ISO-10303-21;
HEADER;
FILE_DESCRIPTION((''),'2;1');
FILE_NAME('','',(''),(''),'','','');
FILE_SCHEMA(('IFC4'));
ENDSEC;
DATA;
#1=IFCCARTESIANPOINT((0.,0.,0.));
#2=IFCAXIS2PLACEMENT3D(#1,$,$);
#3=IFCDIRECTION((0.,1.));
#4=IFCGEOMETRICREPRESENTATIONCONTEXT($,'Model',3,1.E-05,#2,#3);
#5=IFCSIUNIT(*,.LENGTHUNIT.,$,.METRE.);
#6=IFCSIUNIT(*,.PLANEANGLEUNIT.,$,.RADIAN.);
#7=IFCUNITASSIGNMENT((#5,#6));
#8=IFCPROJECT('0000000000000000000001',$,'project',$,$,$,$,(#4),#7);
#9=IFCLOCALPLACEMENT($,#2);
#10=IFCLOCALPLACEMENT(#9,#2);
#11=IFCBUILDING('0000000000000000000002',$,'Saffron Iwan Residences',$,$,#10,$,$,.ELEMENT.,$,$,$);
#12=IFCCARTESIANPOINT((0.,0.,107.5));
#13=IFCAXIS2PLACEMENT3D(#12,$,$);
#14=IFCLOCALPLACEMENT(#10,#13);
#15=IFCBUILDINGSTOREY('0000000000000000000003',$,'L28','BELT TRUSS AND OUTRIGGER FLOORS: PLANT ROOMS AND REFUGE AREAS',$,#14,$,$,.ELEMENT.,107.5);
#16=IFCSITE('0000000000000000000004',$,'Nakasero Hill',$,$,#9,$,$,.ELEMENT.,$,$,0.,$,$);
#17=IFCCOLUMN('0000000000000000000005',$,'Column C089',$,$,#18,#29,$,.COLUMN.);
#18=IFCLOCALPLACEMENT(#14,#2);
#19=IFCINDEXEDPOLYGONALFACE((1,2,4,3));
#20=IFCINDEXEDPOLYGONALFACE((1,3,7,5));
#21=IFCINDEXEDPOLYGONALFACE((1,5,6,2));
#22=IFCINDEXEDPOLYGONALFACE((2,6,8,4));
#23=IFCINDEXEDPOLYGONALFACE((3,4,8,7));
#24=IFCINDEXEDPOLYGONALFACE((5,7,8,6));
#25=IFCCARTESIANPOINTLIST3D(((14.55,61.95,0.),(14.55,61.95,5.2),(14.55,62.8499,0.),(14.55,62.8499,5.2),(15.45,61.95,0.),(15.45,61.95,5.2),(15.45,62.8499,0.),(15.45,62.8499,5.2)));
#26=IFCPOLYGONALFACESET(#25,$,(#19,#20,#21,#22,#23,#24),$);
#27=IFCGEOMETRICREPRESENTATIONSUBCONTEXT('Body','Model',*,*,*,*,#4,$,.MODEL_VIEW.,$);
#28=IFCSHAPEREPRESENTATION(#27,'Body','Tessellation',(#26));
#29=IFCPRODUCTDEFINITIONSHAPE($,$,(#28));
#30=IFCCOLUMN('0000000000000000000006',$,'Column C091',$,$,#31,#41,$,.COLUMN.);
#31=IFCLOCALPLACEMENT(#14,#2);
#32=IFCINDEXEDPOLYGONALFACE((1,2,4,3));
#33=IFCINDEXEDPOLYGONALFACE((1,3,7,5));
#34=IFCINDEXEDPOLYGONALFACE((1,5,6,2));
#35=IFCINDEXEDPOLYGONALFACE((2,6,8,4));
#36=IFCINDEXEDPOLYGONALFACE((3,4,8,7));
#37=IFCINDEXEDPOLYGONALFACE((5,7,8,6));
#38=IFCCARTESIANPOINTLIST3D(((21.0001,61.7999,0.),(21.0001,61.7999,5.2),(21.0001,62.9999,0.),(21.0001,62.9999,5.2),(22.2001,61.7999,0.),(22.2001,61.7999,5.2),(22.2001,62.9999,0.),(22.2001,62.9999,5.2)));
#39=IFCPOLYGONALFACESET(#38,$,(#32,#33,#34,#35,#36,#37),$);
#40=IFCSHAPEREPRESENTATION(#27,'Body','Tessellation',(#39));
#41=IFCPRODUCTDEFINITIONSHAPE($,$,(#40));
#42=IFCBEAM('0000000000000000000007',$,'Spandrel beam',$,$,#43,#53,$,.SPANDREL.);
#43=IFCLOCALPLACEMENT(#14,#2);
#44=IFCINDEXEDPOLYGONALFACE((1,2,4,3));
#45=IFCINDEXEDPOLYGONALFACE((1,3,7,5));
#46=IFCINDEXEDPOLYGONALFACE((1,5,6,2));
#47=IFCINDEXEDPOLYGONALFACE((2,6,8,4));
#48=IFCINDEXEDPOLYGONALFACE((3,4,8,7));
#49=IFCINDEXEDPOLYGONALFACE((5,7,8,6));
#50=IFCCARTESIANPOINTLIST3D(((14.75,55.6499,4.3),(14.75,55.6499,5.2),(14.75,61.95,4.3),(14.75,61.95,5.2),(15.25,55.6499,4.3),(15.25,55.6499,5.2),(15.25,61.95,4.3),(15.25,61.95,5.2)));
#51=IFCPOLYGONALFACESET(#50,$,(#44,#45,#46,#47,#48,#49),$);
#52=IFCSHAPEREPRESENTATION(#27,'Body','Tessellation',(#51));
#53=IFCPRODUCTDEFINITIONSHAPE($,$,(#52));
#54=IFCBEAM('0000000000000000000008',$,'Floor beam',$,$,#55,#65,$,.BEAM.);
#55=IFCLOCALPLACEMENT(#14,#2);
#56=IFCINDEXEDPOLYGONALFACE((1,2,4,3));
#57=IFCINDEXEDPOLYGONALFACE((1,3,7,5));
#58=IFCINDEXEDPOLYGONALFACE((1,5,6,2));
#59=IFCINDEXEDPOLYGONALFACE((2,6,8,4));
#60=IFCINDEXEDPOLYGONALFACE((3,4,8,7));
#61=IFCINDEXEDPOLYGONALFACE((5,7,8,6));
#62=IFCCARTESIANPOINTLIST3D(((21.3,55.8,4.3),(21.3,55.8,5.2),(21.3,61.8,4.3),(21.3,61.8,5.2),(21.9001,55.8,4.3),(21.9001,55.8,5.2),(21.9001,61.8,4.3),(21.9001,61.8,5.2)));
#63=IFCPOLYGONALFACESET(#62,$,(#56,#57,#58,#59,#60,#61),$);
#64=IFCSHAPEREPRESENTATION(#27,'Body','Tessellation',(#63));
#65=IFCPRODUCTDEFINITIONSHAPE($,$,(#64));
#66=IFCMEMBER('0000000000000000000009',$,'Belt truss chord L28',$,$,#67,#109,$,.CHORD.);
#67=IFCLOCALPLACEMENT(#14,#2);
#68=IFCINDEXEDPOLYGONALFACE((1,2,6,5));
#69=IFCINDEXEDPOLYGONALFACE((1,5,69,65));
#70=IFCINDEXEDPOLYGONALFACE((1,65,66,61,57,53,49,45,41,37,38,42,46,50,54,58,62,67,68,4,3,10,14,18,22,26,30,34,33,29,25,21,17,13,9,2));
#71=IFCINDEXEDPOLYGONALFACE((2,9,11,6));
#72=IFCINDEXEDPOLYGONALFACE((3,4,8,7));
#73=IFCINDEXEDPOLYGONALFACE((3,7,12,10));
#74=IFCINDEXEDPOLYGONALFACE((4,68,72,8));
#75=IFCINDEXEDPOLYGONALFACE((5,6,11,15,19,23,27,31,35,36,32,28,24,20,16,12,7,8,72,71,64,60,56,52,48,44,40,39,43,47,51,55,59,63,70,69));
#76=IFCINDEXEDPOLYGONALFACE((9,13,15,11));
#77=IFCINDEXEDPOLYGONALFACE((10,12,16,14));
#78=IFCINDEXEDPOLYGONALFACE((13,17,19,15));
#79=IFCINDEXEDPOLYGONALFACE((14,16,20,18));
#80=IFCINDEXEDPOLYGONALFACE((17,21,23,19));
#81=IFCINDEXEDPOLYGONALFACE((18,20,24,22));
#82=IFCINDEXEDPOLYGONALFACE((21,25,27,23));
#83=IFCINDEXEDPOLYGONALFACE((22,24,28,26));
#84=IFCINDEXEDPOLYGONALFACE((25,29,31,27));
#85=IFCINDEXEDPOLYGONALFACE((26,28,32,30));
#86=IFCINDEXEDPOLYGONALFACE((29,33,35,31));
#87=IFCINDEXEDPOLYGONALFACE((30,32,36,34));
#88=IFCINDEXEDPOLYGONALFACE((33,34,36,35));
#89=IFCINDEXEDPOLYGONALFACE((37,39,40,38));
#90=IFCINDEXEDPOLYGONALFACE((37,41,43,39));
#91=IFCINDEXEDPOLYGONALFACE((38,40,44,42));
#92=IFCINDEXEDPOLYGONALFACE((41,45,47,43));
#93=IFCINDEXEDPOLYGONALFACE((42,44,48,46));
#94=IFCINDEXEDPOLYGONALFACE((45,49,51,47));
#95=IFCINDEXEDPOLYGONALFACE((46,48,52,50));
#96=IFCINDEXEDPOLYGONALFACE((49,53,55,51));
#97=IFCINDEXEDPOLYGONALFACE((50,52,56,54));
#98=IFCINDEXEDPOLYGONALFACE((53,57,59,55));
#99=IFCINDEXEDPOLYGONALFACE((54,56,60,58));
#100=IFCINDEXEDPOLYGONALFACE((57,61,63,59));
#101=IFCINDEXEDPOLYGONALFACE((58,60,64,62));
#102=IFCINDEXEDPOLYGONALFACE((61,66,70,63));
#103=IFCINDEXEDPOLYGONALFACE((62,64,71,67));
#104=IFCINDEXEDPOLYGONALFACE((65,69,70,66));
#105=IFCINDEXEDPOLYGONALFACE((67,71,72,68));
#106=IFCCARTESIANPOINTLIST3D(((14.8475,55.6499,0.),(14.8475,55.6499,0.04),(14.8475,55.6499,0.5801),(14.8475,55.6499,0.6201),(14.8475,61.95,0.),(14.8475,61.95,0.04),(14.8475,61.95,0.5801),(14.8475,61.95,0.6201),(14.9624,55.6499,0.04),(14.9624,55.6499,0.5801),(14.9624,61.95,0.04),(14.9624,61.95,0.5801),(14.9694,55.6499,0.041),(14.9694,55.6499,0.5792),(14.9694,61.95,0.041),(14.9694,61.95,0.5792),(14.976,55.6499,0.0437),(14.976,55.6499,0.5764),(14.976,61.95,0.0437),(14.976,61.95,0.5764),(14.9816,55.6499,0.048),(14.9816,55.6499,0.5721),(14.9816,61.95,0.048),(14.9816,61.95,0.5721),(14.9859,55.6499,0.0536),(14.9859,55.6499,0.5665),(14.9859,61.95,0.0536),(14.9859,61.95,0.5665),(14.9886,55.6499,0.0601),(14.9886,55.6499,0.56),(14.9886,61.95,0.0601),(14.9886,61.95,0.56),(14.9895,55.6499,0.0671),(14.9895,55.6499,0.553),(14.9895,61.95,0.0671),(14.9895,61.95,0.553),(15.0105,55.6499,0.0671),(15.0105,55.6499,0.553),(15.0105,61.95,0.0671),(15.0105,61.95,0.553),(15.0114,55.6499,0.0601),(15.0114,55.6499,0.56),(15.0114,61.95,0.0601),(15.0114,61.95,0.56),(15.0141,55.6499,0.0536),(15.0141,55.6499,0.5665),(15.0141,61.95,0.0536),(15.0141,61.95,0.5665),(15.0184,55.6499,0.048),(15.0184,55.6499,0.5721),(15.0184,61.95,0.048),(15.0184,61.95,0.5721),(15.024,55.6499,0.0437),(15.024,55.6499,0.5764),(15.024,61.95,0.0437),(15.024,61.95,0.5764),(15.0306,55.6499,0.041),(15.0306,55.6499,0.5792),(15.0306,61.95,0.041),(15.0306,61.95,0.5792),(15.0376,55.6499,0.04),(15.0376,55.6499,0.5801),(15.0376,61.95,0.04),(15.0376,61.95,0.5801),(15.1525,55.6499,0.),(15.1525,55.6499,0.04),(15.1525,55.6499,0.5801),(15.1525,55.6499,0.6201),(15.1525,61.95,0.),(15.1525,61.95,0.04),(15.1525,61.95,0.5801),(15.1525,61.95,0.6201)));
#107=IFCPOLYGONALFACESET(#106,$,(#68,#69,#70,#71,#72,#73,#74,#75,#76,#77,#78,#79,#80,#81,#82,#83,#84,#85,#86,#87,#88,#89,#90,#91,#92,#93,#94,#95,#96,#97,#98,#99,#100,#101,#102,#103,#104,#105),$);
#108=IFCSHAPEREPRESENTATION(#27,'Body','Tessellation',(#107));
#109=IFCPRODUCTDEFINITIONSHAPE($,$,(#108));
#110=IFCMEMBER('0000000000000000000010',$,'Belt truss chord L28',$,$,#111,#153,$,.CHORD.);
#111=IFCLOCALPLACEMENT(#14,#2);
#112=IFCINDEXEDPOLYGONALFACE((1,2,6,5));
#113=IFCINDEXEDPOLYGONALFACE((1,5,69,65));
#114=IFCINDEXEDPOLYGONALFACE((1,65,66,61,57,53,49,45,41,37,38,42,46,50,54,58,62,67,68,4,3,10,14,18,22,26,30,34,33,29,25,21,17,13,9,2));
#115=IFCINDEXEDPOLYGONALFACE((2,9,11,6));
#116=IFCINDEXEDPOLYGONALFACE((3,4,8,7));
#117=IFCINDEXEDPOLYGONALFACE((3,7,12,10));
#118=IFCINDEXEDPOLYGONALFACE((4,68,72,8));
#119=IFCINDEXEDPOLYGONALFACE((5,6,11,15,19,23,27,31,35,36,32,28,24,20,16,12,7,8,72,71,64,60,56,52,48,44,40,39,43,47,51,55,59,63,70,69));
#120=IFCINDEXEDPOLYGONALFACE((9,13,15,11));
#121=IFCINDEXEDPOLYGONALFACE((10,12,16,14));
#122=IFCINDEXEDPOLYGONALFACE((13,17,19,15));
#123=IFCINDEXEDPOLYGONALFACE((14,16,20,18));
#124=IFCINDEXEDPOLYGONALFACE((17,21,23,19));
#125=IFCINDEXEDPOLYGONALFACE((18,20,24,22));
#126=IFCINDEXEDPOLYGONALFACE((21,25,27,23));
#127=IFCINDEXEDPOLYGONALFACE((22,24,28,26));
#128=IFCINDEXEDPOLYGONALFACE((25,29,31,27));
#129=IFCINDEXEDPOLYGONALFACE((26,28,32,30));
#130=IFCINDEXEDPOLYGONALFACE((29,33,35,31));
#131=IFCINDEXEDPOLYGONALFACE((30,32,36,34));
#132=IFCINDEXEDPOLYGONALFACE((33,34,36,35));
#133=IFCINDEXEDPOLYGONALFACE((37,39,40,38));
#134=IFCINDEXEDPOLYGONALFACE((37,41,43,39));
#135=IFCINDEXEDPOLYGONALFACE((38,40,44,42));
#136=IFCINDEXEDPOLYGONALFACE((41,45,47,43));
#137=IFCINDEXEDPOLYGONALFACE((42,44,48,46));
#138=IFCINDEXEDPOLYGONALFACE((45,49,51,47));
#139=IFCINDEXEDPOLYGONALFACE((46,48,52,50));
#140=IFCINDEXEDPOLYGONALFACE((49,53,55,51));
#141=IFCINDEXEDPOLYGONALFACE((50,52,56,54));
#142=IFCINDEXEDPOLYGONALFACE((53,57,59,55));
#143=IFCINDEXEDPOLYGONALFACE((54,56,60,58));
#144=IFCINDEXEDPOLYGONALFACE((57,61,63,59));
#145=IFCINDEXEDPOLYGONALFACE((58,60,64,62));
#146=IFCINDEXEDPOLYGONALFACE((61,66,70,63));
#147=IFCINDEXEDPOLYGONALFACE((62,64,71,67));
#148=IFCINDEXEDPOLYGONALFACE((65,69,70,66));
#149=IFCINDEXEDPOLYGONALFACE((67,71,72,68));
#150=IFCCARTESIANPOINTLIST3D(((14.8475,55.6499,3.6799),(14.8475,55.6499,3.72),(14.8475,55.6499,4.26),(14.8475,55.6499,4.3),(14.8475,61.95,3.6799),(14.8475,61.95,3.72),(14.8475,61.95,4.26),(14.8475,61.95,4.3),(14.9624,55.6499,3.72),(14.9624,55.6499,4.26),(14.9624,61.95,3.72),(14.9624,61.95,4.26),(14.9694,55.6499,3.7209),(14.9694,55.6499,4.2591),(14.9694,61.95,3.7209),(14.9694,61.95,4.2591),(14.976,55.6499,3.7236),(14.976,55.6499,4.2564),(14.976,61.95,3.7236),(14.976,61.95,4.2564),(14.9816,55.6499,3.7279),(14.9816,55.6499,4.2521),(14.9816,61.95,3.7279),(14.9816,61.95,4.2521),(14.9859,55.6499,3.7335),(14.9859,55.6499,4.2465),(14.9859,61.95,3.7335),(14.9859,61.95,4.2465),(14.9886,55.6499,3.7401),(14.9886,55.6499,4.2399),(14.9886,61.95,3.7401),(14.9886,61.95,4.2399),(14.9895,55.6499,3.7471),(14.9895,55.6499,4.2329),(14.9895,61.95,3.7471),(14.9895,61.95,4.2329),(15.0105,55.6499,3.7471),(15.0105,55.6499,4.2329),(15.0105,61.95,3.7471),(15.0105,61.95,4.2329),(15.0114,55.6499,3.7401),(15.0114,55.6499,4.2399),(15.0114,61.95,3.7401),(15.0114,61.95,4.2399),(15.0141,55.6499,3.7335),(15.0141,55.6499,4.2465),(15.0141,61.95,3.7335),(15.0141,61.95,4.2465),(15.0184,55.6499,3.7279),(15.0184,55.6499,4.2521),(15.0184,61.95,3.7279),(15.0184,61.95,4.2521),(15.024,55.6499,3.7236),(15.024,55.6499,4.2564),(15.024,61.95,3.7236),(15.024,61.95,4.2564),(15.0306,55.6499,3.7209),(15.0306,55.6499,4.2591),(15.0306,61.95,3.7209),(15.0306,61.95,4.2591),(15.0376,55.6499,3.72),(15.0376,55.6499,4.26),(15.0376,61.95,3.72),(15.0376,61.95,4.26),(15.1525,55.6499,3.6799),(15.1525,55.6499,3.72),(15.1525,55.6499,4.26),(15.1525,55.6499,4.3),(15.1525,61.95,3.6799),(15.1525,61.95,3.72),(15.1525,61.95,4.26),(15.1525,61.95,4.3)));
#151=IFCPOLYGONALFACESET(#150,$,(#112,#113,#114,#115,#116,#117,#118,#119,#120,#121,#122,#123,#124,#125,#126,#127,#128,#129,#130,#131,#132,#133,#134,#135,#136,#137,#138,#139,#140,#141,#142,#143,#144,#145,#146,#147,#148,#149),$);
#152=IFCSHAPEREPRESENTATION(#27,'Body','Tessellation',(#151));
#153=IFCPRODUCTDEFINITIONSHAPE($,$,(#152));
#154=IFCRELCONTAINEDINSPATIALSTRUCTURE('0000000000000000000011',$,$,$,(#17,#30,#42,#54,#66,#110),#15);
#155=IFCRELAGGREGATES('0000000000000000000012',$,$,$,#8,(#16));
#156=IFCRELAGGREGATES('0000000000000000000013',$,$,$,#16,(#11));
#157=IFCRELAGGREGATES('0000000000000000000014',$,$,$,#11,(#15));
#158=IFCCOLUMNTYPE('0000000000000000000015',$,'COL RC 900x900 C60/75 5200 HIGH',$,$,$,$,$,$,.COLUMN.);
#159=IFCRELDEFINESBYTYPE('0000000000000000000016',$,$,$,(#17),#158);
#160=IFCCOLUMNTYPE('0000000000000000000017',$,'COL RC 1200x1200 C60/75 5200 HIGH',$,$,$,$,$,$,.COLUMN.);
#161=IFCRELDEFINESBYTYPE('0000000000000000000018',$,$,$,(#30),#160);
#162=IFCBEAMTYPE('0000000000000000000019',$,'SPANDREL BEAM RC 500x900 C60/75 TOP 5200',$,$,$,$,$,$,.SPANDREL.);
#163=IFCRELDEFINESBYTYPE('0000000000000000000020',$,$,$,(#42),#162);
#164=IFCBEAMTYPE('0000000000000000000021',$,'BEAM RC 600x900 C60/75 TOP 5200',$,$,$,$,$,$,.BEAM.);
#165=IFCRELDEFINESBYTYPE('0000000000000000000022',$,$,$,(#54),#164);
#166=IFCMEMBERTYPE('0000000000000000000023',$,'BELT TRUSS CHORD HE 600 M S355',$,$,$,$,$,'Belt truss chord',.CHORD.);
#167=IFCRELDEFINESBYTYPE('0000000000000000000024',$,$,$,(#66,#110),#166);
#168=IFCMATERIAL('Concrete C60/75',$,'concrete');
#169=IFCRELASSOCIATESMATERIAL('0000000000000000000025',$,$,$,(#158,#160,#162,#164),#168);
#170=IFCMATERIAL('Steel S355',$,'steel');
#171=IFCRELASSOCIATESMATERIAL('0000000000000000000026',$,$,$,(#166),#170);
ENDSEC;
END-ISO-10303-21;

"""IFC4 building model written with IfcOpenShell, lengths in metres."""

from ifc_helpers import new_model, si_unit, direction, frame, origin, origin_2d, place, context, subcontext, project, spatial, rectangle, i_section, extrude, source, transform, mapped, material, material_profile, profile_set, type_object, element, save


model = new_model("IFC4")

# Units and contexts
model_context = context("Model", 3, precision=1e-05, world=origin(), true_north=direction((0.0, 1.0)))
body_context = subcontext(model_context, "Body", "Model", "MODEL_VIEW")
ifc_project = project(units=[si_unit("LENGTHUNIT", "METRE"), si_unit("PLANEANGLEUNIT", "RADIAN")], contexts=[model_context])

# Site, building, storey
site_placement = place(None, origin())
site = spatial("IfcSite", under=ifc_project, at=site_placement, Name="Nakasero Hill", CompositionType="ELEMENT", RefElevation=0.0)
building_placement = place(site_placement, origin())
building = spatial("IfcBuilding", under=site, at=building_placement, Name="Saffron Iwan Residences", CompositionType="ELEMENT")
storey_placement = place(building_placement, frame((0.0, 0.0, 107.5)))
storey = spatial("IfcBuildingStorey", under=building, at=storey_placement, Name="L28", Description="BELT TRUSS AND OUTRIGGER FLOORS: PLANT ROOMS AND REFUGE AREAS", CompositionType="ELEMENT", Elevation=107.5)

# Columns
ifc_material_1 = material(Name="Concrete C60/75", Category="concrete")
ifc_material_profile_1 = material_profile(ifc_material_1, rectangle(XDim=0.8999, YDim=0.8999, at=origin_2d()), Name="RC 900x900")
ifc_profile_set_1 = profile_set([ifc_material_profile_1], Name="Concrete C60/75")
column_type_1 = type_object("IfcColumnType", Name="COL RC 900x900 C60/75 5200 HIGH", PredefinedType="COLUMN", material=ifc_profile_set_1)
shared_shape_1 = source(origin(), body_context, "Body", "SweptSolid", [
    extrude(rectangle(XDim=0.8999, YDim=0.8999, at=origin_2d()), origin(), (0.0, 0.0, 1.0), 5.2),
])
column_1_placement = place(storey_placement, frame((15.0, 62.3999, 0.0), z_axis=(0.0, 0.0, 1.0), x_axis=(1.0, 0.0, 0.0)))
element("IfcColumn", 1, at=column_1_placement, inside=storey, type_object=column_type_1, Name="Column C089", PredefinedType="COLUMN", context=body_context, shape_type="MappedRepresentation", body=[
    mapped(shared_shape_1, transform((0.0, 0.0, 0.0))),
])
ifc_material_profile_2 = material_profile(ifc_material_1, rectangle(XDim=1.2, YDim=1.2, at=origin_2d()), Name="RC 1200x1200")
ifc_profile_set_2 = profile_set([ifc_material_profile_2], Name="Concrete C60/75")
column_type_2 = type_object("IfcColumnType", Name="COL RC 1200x1200 C60/75 5200 HIGH", PredefinedType="COLUMN", material=ifc_profile_set_2)
shared_shape_2 = source(origin(), body_context, "Body", "SweptSolid", [
    extrude(rectangle(XDim=1.2, YDim=1.2, at=origin_2d()), origin(), (0.0, 0.0, 1.0), 5.2),
])
column_2_placement = place(storey_placement, frame((21.6001, 62.3999, 0.0), z_axis=(0.0, 0.0, 1.0), x_axis=(1.0, 0.0, 0.0)))
element("IfcColumn", 2, at=column_2_placement, inside=storey, type_object=column_type_2, Name="Column C091", PredefinedType="COLUMN", context=body_context, shape_type="MappedRepresentation", body=[
    mapped(shared_shape_2, transform((0.0, 0.0, 0.0))),
])

# Beams
ifc_material_profile_3 = material_profile(ifc_material_1, rectangle(XDim=0.5, YDim=0.8999, at=origin_2d()), Name="RC 500x900")
ifc_profile_set_3 = profile_set([ifc_material_profile_3], Name="Concrete C60/75")
beam_type_1 = type_object("IfcBeamType", Name="SPANDREL BEAM RC 500x900 C60/75 TOP 5200", PredefinedType="SPANDREL", material=ifc_profile_set_3)
shared_shape_3 = source(origin(), body_context, "Body", "SweptSolid", [
    extrude(rectangle(XDim=0.5, YDim=0.8999, at=origin_2d()), origin(), (0.0, 0.0, 1.0), 6.3),
])
beam_1_placement = place(storey_placement, frame((15.0, 55.6499, 4.75), z_axis=(0.0, 1.0, 0.0), x_axis=(-1.0, 0.0, 0.0)))
element("IfcBeam", 3, at=beam_1_placement, inside=storey, type_object=beam_type_1, Name="Spandrel beam", PredefinedType="SPANDREL", context=body_context, shape_type="MappedRepresentation", body=[
    mapped(shared_shape_3, transform((0.0, 0.0, 0.0))),
])
ifc_material_profile_4 = material_profile(ifc_material_1, rectangle(XDim=0.6001, YDim=0.8999, at=origin_2d()), Name="RC 600x900")
ifc_profile_set_4 = profile_set([ifc_material_profile_4], Name="Concrete C60/75")
beam_type_2 = type_object("IfcBeamType", Name="BEAM RC 600x900 C60/75 TOP 5200", PredefinedType="BEAM", material=ifc_profile_set_4)
shared_shape_4 = source(origin(), body_context, "Body", "SweptSolid", [
    extrude(rectangle(XDim=0.6001, YDim=0.8999, at=origin_2d()), origin(), (0.0, 0.0, 1.0), 6.0),
])
beam_2_placement = place(storey_placement, frame((21.6001, 55.8, 4.75), z_axis=(0.0, 1.0, 0.0), x_axis=(-1.0, 0.0, 0.0)))
element("IfcBeam", 4, at=beam_2_placement, inside=storey, type_object=beam_type_2, Name="Floor beam", PredefinedType="BEAM", context=body_context, shape_type="MappedRepresentation", body=[
    mapped(shared_shape_4, transform((0.0, 0.0, 0.0))),
])

# Members
ifc_material_2 = material(Name="Steel S355", Category="steel")
ifc_material_profile_5 = material_profile(ifc_material_2, i_section(OverallWidth=0.3049, OverallDepth=0.6201, WebThickness=0.021, FlangeThickness=0.04, FilletRadius=0.0271, at=origin_2d()), Name="HE 600 M")
ifc_profile_set_5 = profile_set([ifc_material_profile_5], Name="Steel S355")
member_type_1 = type_object("IfcMemberType", Name="BELT TRUSS CHORD HE 600 M S355", ElementType="Belt truss chord", PredefinedType="CHORD", material=ifc_profile_set_5)
shared_shape_5 = source(origin(), body_context, "Body", "SweptSolid", [
    extrude(i_section(OverallWidth=0.3049, OverallDepth=0.6201, WebThickness=0.021, FlangeThickness=0.04, FilletRadius=0.0271, at=origin_2d()), origin(), (0.0, 0.0, 1.0), 6.3),
])
for number, where, z_axis, x_axis, name in (
    (5, (15.0, 55.6499, 0.3101), (0.0, 1.0, 0.0), (-1.0, 0.0, 0.0), "Belt truss chord L28"),
    (6, (15.0, 55.6499, 3.99), (0.0, 1.0, 0.0), (-1.0, 0.0, 0.0), "Belt truss chord L28"),
):
    element("IfcMember", number, at=place(storey_placement, frame(where, z_axis=z_axis, x_axis=x_axis)), inside=storey, type_object=member_type_1, Name=name, PredefinedType="CHORD", context=body_context, shape_type="MappedRepresentation", body=[
        mapped(shared_shape_5, transform((0.0, 0.0, 0.0))),
    ])

save(model, "model.ifc")
